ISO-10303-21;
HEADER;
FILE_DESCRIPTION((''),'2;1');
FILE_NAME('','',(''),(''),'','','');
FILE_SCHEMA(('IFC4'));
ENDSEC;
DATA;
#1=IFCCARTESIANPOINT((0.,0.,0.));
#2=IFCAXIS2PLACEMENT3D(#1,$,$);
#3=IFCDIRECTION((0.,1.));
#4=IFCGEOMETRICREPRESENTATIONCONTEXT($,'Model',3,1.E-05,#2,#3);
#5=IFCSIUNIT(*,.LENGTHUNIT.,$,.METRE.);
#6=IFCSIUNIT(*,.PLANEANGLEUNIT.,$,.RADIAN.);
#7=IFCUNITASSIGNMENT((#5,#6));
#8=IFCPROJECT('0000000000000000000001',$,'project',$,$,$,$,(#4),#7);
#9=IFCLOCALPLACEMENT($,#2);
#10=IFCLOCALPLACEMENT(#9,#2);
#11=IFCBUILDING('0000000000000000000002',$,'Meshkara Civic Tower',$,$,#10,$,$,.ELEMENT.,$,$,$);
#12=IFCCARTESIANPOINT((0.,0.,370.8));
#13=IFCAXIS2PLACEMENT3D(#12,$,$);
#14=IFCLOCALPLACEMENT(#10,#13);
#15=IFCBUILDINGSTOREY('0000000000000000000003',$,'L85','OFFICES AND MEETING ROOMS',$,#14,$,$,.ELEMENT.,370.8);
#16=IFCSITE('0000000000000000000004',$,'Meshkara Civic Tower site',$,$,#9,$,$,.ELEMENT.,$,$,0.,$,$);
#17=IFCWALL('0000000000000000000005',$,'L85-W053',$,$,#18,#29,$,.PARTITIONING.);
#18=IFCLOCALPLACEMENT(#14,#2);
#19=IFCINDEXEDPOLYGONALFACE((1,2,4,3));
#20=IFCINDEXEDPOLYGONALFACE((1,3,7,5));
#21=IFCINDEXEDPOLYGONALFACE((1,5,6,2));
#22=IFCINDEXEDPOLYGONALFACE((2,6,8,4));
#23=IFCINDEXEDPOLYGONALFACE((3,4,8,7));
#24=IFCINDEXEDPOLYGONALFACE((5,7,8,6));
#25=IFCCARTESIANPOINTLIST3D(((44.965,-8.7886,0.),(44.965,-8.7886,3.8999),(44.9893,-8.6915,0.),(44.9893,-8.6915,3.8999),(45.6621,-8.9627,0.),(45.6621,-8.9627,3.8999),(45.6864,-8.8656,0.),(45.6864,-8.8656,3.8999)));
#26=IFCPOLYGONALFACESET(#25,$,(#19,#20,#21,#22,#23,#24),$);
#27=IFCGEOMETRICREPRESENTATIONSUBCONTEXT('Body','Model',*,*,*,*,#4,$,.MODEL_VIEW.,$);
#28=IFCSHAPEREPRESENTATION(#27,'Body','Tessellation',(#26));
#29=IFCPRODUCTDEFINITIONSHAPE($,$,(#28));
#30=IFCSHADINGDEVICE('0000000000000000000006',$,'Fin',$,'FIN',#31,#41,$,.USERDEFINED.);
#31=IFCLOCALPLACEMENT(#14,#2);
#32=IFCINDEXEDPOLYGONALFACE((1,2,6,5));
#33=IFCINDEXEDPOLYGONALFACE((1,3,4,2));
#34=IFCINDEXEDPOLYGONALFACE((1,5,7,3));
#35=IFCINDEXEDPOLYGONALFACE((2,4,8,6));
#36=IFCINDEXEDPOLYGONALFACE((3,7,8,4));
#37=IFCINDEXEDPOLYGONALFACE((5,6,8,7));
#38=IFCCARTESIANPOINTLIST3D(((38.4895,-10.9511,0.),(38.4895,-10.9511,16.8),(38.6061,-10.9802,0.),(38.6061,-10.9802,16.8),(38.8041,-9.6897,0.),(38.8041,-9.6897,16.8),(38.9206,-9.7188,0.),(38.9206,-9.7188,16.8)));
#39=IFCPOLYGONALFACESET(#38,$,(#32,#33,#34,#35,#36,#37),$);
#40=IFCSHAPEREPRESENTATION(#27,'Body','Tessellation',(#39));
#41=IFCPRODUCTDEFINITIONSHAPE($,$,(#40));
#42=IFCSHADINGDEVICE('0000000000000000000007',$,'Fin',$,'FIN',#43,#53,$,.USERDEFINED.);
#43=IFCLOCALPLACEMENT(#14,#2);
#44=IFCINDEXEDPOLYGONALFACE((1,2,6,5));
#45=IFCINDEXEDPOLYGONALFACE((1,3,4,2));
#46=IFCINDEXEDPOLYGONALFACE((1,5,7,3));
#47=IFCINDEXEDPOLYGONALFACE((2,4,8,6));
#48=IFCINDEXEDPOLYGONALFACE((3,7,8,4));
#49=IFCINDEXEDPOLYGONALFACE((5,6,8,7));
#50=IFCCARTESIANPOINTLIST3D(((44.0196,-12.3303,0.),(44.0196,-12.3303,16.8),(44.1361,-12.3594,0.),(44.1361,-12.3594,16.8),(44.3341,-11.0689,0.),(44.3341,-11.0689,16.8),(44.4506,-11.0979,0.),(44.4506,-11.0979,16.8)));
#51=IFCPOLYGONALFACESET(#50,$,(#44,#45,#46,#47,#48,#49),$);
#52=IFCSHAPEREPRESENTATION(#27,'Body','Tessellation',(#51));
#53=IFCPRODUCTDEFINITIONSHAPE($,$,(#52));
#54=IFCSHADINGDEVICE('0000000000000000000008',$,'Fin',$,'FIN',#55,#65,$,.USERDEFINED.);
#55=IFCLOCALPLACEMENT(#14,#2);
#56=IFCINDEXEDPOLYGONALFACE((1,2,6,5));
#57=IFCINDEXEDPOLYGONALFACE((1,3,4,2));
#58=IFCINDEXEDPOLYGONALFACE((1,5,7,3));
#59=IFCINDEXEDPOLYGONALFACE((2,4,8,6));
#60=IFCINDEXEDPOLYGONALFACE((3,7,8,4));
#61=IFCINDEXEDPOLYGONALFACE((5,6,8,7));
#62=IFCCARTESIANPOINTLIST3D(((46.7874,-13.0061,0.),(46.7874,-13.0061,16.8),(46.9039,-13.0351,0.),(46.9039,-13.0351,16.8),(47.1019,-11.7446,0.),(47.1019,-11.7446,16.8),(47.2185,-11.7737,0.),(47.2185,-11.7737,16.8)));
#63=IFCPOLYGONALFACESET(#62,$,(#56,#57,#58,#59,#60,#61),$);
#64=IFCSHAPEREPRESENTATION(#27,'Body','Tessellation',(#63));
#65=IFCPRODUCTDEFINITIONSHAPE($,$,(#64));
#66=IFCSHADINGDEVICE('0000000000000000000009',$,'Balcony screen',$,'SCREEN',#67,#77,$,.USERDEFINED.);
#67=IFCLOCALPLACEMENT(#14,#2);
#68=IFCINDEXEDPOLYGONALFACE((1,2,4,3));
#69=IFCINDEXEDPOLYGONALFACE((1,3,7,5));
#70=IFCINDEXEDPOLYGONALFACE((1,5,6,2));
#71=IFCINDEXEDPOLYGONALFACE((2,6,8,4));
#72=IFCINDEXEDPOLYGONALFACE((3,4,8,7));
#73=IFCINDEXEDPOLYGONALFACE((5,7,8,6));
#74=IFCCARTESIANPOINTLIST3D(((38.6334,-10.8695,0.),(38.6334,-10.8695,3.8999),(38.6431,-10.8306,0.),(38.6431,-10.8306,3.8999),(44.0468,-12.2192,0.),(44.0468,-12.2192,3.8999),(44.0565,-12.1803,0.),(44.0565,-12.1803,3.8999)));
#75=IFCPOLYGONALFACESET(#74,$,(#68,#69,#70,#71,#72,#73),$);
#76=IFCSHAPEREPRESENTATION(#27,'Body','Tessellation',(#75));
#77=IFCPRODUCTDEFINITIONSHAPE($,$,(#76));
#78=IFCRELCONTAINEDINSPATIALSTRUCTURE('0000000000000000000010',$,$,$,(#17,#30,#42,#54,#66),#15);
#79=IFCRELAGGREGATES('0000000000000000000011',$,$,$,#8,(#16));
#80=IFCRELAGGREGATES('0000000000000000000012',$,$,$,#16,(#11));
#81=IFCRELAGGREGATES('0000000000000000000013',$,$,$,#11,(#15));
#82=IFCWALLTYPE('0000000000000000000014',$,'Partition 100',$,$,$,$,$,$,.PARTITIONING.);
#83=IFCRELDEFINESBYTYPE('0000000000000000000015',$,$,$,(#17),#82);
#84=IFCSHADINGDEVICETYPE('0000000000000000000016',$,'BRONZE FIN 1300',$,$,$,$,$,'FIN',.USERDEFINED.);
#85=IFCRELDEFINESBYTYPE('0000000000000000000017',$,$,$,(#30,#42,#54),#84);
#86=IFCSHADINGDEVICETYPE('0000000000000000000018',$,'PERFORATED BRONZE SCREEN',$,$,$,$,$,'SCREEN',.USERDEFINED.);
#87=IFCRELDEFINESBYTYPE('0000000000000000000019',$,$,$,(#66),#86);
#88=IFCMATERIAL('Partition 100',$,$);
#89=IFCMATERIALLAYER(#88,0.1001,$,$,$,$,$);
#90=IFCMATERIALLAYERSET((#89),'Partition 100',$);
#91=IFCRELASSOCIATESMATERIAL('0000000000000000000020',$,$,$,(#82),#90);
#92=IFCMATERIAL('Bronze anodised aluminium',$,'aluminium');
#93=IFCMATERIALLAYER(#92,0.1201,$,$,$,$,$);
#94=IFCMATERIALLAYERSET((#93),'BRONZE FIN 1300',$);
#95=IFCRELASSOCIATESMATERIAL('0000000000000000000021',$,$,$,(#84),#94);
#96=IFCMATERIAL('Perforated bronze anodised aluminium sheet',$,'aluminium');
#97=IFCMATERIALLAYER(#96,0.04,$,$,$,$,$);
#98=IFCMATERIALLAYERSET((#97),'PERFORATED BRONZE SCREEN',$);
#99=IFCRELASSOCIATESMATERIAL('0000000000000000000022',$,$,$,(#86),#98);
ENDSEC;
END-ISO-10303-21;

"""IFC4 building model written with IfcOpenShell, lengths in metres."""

from ifc_helpers import new_model, si_unit, direction, frame, frame_2d, origin, origin_2d, place, context, subcontext, project, spatial, rectangle, extrude, material, layer, layer_set, type_object, element, save


model = new_model("IFC4")

# Units and contexts
model_context = context("Model", 3, precision=1e-05, world=origin(), true_north=direction((0.0, 1.0)))
body_context = subcontext(model_context, "Body", "Model", "MODEL_VIEW")
ifc_project = project(units=[si_unit("LENGTHUNIT", "METRE"), si_unit("PLANEANGLEUNIT", "RADIAN")], contexts=[model_context])

# Site, building, storey
site_placement = place(None, origin())
site = spatial("IfcSite", under=ifc_project, at=site_placement, Name="Meshkara Civic Tower site", CompositionType="ELEMENT", RefElevation=0.0)
building_placement = place(site_placement, origin())
building = spatial("IfcBuilding", under=site, at=building_placement, Name="Meshkara Civic Tower", CompositionType="ELEMENT")
storey_placement = place(building_placement, frame((0.0, 0.0, 370.8)))
storey = spatial("IfcBuildingStorey", under=building, at=storey_placement, Name="L85", Description="OFFICES AND MEETING ROOMS", CompositionType="ELEMENT", Elevation=370.8)

# Wall
ifc_material_1 = material(Name="Partition 100")
ifc_layer_1 = layer(ifc_material_1, 0.1001)
ifc_layer_set_1 = layer_set([ifc_layer_1], Name="Partition 100")
wall_type_1 = type_object("IfcWallType", Name="Partition 100", PredefinedType="PARTITIONING", material=ifc_layer_set_1)
wall_1_placement = place(storey_placement, frame((44.9771, -8.74, 0.0), z_axis=(0.0, 0.0, 1.0), x_axis=(0.970202, -0.242296, 0.0)))
element("IfcWall", 1, at=wall_1_placement, inside=storey, type_object=wall_type_1, Name="L85-W053", PredefinedType="PARTITIONING", context=body_context, shape_type="SweptSolid", body=[
    extrude(rectangle(XDim=0.7185, YDim=0.1001, at=frame_2d((0.3594, 0.0))), origin(), (0.0, 0.0, 1.0), 3.8999),
])

# Shading devices
ifc_material_2 = material(Name="Bronze anodised aluminium", Category="aluminium")
ifc_layer_2 = layer(ifc_material_2, 0.1201)
ifc_layer_set_2 = layer_set([ifc_layer_2], Name="BRONZE FIN 1300")
shading_device_type_1 = type_object("IfcShadingDeviceType", Name="BRONZE FIN 1300", ElementType="FIN", PredefinedType="USERDEFINED", material=ifc_layer_set_2)
for number, where, z_axis, x_axis, name in (
    (2, (38.7051, -10.335, 0.0), (0.0, 0.0, 1.0), (0.970296, -0.241922, 0.0), "Fin"),
    (3, (44.2351, -11.7141, 0.0), (0.0, 0.0, 1.0), (0.970296, -0.241922, 0.0), "Fin"),
    (4, (47.0029, -12.3899, 0.0), (0.0, 0.0, 1.0), (0.970296, -0.241922, 0.0), "Fin"),
):
    element("IfcShadingDevice", number, at=place(storey_placement, frame(where, z_axis=z_axis, x_axis=x_axis)), inside=storey, type_object=shading_device_type_1, Name=name, ObjectType="FIN", PredefinedType="USERDEFINED", context=body_context, shape_type="SweptSolid", body=[
        extrude(rectangle(XDim=0.1201, YDim=1.3, at=origin_2d()), origin(), (0.0, 0.0, 1.0), 16.8),
    ])
ifc_material_3 = material(Name="Perforated bronze anodised aluminium sheet", Category="aluminium")
ifc_layer_3 = layer(ifc_material_3, 0.04)
ifc_layer_set_3 = layer_set([ifc_layer_3], Name="PERFORATED BRONZE SCREEN")
shading_device_type_2 = type_object("IfcShadingDeviceType", Name="PERFORATED BRONZE SCREEN", ElementType="SCREEN", PredefinedType="USERDEFINED", material=ifc_layer_set_3)
shading_device_placement = place(storey_placement, frame((41.345, -11.5249, 0.0), z_axis=(0.0, 0.0, 1.0), x_axis=(0.970296, -0.241922, 0.0)))
element("IfcShadingDevice", 5, at=shading_device_placement, inside=storey, type_object=shading_device_type_2, Name="Balcony screen", ObjectType="SCREEN", PredefinedType="USERDEFINED", context=body_context, shape_type="SweptSolid", body=[
    extrude(rectangle(XDim=5.5791, YDim=0.04, at=origin_2d()), origin(), (0.0, 0.0, 1.0), 3.8999),
])

save(model, "model.ifc")
